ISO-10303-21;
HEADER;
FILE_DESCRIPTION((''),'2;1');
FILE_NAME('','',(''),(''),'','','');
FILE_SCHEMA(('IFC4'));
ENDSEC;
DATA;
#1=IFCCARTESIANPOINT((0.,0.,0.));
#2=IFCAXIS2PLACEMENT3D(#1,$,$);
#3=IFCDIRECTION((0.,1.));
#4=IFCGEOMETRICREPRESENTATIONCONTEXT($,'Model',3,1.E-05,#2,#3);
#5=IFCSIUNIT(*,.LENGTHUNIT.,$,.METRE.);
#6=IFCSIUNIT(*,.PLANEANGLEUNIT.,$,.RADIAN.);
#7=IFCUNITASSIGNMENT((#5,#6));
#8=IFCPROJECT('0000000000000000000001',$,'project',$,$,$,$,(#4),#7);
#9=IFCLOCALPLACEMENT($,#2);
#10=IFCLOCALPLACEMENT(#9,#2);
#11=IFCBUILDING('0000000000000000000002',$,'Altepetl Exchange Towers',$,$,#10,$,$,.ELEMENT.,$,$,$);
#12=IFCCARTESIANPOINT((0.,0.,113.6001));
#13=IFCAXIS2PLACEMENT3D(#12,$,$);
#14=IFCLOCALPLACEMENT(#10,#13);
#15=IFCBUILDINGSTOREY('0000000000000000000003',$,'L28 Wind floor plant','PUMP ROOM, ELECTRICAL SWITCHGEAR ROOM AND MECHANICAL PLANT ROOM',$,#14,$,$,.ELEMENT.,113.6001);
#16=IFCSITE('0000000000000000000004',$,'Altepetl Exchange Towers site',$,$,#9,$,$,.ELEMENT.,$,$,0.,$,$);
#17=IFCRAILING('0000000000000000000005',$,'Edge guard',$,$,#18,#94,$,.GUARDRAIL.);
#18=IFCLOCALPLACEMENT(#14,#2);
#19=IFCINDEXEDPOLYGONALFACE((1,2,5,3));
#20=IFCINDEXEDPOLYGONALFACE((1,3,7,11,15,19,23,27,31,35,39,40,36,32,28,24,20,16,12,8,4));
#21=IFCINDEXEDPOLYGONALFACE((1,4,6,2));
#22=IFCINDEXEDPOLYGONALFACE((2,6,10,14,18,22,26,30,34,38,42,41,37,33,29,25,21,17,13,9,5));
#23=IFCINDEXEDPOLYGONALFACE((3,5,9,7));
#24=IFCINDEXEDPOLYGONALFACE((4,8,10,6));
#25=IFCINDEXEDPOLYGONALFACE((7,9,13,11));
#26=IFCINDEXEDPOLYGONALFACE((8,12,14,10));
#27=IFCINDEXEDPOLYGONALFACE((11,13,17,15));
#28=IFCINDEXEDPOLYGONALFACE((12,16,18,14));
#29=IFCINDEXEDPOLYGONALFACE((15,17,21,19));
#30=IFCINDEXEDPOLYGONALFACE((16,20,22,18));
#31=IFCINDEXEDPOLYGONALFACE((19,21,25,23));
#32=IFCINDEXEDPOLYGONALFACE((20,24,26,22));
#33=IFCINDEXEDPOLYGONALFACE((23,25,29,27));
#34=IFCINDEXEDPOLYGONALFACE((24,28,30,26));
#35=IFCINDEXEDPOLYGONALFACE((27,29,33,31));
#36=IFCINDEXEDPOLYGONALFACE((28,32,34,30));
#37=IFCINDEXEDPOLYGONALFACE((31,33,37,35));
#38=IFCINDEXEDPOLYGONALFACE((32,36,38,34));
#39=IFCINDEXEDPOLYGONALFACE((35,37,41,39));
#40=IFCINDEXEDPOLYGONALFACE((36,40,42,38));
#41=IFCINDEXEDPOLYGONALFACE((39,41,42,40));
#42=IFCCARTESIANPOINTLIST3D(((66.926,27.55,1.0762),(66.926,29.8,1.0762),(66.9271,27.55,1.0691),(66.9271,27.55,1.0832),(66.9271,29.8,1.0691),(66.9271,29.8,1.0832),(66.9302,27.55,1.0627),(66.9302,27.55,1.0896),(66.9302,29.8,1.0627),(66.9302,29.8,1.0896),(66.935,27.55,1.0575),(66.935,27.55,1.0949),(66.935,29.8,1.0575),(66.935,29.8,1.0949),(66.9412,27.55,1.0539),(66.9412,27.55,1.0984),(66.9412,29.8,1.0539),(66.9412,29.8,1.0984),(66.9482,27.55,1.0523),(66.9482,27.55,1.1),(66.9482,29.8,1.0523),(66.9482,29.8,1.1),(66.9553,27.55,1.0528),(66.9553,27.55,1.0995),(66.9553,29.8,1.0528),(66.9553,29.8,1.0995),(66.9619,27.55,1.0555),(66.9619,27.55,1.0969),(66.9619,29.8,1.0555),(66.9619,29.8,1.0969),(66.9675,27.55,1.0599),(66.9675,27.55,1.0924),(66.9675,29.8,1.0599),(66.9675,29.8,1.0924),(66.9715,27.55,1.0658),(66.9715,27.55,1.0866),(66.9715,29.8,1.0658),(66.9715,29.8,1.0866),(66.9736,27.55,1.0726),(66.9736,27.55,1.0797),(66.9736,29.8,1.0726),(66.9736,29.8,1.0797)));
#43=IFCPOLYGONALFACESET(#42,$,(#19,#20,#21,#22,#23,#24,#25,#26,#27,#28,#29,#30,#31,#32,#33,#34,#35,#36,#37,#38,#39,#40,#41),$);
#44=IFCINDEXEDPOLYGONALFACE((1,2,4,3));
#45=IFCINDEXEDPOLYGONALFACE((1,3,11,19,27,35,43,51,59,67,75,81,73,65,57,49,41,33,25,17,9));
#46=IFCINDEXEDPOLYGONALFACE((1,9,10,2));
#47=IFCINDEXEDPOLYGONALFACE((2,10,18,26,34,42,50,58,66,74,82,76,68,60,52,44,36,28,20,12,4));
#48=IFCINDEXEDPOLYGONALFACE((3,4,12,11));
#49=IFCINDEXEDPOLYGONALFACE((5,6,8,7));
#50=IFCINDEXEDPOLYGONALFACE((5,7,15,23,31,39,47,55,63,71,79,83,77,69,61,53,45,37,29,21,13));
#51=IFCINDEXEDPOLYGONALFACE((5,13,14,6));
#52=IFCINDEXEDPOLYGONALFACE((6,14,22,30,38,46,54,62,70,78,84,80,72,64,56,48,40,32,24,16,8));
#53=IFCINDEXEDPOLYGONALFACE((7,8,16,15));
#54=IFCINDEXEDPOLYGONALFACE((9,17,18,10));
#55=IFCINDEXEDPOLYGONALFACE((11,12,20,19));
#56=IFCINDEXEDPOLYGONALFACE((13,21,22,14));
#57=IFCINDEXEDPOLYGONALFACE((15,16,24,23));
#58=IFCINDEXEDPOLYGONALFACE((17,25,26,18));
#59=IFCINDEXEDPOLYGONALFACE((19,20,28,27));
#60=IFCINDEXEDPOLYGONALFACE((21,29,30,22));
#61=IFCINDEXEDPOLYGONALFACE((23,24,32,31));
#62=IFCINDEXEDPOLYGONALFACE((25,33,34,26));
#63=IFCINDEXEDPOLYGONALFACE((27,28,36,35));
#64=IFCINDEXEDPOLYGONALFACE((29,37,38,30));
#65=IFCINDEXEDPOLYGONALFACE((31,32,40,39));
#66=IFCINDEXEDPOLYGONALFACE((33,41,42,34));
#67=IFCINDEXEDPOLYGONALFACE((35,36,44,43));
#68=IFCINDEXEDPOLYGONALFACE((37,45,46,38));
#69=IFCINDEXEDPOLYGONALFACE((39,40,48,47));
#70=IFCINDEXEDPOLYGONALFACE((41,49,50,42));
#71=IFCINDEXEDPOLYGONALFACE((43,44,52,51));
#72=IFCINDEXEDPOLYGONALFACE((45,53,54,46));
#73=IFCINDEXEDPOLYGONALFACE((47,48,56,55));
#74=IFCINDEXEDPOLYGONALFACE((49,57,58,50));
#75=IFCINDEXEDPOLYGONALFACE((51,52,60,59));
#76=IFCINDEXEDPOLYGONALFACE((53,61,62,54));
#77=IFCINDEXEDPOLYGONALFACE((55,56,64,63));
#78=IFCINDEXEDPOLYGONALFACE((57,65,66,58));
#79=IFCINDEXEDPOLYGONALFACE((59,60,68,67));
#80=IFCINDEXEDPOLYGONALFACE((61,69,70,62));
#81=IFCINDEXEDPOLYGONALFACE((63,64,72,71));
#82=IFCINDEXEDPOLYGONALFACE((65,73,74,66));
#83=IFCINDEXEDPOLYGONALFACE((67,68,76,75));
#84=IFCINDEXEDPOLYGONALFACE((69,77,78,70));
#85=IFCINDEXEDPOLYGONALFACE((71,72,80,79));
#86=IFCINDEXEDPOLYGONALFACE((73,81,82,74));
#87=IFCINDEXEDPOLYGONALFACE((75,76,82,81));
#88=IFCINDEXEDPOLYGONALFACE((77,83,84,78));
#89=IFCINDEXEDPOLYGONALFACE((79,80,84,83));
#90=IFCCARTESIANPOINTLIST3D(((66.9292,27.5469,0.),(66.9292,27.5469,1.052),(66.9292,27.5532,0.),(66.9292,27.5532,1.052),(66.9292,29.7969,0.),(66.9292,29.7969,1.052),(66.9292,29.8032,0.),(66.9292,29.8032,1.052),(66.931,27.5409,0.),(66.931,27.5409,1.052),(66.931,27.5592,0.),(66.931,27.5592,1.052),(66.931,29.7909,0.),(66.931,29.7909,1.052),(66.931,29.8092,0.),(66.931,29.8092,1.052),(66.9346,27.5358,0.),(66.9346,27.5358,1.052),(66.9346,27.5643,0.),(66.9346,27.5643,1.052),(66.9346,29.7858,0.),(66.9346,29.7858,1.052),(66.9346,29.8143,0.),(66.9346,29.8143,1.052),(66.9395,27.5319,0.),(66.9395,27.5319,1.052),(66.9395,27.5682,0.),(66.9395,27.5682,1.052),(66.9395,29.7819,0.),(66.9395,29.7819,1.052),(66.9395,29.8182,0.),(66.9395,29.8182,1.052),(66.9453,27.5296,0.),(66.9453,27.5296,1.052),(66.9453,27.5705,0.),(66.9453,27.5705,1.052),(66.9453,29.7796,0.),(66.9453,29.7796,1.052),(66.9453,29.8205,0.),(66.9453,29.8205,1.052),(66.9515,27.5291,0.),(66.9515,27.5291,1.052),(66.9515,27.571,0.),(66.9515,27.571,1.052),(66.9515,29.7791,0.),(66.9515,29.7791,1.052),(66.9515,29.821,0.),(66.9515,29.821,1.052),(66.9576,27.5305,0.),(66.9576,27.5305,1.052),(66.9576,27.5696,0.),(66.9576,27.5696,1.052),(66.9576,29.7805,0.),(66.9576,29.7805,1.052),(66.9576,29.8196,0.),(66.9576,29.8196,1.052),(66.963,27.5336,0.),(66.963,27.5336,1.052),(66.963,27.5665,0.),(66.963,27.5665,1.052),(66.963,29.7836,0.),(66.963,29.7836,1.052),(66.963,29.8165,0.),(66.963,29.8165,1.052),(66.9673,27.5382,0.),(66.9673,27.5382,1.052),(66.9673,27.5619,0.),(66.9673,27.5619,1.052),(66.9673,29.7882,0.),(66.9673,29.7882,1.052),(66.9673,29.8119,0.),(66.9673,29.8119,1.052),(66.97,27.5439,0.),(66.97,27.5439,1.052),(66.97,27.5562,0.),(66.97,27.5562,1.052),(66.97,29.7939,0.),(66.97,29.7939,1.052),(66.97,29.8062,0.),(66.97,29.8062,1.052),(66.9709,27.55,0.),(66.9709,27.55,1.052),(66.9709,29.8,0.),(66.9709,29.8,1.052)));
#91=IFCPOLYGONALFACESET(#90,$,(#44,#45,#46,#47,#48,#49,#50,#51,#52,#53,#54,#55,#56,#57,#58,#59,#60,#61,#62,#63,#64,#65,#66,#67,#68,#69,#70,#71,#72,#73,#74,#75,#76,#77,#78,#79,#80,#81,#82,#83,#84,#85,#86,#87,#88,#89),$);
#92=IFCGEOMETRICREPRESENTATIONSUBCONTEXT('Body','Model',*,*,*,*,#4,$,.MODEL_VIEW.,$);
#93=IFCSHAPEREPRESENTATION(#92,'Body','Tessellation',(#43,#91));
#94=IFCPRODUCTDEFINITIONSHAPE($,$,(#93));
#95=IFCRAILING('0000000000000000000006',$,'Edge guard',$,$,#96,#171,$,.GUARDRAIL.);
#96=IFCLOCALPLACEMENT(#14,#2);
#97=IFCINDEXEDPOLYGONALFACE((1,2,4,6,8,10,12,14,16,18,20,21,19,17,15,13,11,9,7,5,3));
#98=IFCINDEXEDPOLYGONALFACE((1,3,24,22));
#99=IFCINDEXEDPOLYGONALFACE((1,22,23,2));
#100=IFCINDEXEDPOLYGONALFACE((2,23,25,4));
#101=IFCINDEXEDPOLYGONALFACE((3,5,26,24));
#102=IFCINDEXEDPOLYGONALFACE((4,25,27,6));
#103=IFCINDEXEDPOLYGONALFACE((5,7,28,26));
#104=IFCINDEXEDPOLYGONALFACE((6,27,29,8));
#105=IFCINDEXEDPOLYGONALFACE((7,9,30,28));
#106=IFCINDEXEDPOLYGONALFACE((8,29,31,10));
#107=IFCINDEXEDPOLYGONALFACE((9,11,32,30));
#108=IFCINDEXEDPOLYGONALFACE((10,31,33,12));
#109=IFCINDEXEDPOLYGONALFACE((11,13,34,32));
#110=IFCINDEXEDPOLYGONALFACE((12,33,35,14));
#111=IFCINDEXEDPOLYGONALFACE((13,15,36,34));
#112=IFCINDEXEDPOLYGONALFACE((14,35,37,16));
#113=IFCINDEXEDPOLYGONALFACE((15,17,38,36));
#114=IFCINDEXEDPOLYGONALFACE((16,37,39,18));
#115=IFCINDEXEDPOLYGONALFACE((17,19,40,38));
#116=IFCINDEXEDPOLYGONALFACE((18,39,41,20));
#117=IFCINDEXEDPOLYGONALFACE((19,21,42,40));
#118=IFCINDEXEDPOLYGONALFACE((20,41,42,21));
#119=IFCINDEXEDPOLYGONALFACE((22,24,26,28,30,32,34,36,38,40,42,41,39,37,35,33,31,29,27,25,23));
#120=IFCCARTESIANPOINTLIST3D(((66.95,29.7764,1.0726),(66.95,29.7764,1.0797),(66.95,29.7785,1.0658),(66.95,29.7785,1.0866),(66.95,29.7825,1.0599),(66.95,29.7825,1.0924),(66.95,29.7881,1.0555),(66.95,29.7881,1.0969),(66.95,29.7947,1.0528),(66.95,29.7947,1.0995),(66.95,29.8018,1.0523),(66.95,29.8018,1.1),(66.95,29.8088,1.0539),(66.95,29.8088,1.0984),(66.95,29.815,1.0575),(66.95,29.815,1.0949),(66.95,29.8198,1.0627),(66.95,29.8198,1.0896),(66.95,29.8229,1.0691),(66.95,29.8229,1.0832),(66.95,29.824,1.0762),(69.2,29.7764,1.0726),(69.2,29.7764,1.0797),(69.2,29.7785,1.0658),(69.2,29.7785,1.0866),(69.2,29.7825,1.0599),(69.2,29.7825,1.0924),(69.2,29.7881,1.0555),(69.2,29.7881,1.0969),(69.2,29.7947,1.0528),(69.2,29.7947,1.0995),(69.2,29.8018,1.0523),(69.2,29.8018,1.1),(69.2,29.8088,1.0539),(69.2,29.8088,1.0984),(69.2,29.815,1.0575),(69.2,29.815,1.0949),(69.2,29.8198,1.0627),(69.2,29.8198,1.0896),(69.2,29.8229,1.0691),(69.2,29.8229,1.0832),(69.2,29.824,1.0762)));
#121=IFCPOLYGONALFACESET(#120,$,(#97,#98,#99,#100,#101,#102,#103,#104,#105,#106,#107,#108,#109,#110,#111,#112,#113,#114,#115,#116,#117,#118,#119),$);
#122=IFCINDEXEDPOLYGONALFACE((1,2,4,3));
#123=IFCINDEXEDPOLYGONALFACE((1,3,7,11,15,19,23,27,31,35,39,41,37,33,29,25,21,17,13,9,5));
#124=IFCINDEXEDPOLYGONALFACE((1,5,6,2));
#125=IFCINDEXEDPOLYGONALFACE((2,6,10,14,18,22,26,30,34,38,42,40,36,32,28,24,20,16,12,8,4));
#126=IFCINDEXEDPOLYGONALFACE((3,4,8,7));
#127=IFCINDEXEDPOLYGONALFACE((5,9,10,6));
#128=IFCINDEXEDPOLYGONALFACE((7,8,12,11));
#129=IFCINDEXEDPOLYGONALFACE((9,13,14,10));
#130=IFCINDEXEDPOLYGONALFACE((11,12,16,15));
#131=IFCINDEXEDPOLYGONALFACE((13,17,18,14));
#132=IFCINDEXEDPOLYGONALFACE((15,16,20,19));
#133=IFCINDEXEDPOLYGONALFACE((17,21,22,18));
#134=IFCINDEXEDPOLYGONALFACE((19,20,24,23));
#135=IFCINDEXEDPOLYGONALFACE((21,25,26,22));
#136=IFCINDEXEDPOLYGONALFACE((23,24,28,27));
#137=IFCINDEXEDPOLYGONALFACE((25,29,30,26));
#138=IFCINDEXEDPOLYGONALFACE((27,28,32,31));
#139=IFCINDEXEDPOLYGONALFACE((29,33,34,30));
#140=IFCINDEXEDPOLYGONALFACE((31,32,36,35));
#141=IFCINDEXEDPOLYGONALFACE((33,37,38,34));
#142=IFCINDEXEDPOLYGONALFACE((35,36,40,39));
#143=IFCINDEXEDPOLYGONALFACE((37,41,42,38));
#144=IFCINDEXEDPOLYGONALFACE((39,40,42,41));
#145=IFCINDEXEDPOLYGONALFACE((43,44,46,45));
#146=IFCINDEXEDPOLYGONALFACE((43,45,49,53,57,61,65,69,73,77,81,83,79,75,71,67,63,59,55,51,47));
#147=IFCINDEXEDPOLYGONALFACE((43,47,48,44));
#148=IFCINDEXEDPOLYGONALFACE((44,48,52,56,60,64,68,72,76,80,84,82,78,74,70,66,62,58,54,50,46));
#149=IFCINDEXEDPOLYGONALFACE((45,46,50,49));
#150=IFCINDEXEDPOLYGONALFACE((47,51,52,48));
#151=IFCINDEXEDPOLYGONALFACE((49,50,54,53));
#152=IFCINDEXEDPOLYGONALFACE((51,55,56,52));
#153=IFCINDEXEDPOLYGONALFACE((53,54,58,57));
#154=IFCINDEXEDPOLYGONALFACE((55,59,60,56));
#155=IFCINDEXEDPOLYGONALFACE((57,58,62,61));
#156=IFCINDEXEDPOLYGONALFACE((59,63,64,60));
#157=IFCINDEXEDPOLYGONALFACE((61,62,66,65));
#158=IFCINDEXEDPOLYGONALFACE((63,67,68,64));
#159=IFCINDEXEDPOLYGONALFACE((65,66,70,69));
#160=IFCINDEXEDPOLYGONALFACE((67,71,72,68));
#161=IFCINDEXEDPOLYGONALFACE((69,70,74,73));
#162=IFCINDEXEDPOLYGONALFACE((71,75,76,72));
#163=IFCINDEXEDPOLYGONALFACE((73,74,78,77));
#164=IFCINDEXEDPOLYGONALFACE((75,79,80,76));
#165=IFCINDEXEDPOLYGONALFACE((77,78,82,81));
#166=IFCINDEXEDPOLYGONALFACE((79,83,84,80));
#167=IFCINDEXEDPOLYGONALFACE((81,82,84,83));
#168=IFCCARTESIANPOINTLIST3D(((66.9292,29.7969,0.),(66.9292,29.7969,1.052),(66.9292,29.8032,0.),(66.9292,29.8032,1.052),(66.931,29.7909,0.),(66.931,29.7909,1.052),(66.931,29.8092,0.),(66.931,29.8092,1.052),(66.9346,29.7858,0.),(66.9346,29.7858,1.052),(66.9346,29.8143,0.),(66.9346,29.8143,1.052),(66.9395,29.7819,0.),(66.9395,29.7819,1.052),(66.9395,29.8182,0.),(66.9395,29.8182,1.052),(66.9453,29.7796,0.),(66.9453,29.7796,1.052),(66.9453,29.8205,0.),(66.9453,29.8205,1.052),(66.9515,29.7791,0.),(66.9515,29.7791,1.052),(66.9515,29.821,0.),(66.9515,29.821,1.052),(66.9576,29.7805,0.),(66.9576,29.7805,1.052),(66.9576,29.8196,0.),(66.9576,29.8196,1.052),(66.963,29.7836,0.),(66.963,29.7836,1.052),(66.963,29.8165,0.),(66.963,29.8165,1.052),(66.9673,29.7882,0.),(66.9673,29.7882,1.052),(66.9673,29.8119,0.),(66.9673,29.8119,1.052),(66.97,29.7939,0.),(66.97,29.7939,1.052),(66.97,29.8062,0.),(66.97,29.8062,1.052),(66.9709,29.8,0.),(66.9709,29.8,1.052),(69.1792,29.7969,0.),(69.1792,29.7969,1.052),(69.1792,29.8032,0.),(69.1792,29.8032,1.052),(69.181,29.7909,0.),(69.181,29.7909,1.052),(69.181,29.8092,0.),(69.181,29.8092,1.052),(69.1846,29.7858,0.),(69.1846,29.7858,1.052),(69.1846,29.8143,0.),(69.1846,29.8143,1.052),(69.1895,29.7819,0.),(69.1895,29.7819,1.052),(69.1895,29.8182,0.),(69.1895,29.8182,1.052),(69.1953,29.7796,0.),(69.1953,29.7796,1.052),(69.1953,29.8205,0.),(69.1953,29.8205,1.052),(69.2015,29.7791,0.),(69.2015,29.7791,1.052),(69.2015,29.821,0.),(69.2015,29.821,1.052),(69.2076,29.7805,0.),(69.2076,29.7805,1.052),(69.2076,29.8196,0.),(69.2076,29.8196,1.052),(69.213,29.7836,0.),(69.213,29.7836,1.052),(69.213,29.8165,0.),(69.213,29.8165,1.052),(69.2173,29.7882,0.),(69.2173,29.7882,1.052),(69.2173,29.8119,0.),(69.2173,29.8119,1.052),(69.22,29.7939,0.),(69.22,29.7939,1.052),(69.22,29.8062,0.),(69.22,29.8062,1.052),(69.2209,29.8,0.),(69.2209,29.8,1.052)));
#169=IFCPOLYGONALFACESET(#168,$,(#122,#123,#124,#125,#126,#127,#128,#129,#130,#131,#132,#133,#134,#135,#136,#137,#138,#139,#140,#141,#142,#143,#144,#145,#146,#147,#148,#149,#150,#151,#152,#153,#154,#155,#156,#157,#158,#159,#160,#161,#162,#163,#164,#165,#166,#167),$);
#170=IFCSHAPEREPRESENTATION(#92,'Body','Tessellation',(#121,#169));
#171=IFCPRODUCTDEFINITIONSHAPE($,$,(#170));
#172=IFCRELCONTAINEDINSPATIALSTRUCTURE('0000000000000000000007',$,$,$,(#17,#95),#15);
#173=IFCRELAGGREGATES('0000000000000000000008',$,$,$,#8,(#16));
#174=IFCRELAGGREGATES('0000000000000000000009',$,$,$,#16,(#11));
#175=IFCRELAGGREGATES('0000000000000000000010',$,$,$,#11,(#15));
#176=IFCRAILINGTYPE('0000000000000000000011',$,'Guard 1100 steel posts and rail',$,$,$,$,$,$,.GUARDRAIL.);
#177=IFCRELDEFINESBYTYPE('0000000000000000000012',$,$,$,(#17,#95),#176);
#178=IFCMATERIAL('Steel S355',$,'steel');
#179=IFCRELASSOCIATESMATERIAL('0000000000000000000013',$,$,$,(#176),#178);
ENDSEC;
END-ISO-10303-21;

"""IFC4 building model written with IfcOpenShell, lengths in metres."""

from ifc_helpers import new_model, si_unit, direction, frame, origin, origin_2d, place, context, subcontext, project, spatial, circle, extrude, source, transform, mapped, material, type_object, element, save


model = new_model("IFC4")

# Units and contexts
model_context = context("Model", 3, precision=1e-05, world=origin(), true_north=direction((0.0, 1.0)))
body_context = subcontext(model_context, "Body", "Model", "MODEL_VIEW")
ifc_project = project(units=[si_unit("LENGTHUNIT", "METRE"), si_unit("PLANEANGLEUNIT", "RADIAN")], contexts=[model_context])

# Site, building, storey
site_placement = place(None, origin())
site = spatial("IfcSite", under=ifc_project, at=site_placement, Name="Altepetl Exchange Towers site", CompositionType="ELEMENT", RefElevation=0.0)
building_placement = place(site_placement, origin())
building = spatial("IfcBuilding", under=site, at=building_placement, Name="Altepetl Exchange Towers", CompositionType="ELEMENT")
storey_placement = place(building_placement, frame((0.0, 0.0, 113.6001)))
storey = spatial("IfcBuildingStorey", under=building, at=storey_placement, Name="L28 Wind floor plant", Description="PUMP ROOM, ELECTRICAL SWITCHGEAR ROOM AND MECHANICAL PLANT ROOM", CompositionType="ELEMENT", Elevation=113.6001)

# Shared definitions
ifc_material_1 = material(Name="Steel S355", Category="steel")

# Railings
railing_type = type_object("IfcRailingType", Name="Guard 1100 steel posts and rail", PredefinedType="GUARDRAIL", material=ifc_material_1)
shared_shape = source(origin(), body_context, "Body", "SweptSolid", [
    extrude(circle(Radius=0.021, at=origin_2d()), origin(), (0.0, 0.0, 1.0), 1.052),
])
railing_1_placement = place(storey_placement, frame((66.95, 27.55, 0.0)))
element("IfcRailing", 1, at=railing_1_placement, inside=storey, type_object=railing_type, Name="Edge guard", PredefinedType="GUARDRAIL", context=body_context, shape_type="SweptSolid", body=[
    extrude(circle(Radius=0.0239, at=origin_2d()), frame((0.0, 0.0, 1.0762), z_axis=(0.0, 1.0, 0.0), x_axis=(-1.0, 0.0, 0.0)), (0.0, 0.0, 1.0), 2.25),
    mapped(shared_shape, transform((0.0, 0.0, 0.0))),
    mapped(shared_shape, transform((0.0, 2.25, 0.0))),
])
railing_2_placement = place(storey_placement, frame((66.95, 29.8, 0.0)))
element("IfcRailing", 2, at=railing_2_placement, inside=storey, type_object=railing_type, Name="Edge guard", PredefinedType="GUARDRAIL", context=body_context, shape_type="SweptSolid", body=[
    extrude(circle(Radius=0.0239, at=origin_2d()), frame((0.0, 0.0, 1.0762), z_axis=(1.0, 0.0, 0.0), x_axis=(0.0, 1.0, 0.0)), (0.0, 0.0, 1.0), 2.25),
    mapped(shared_shape, transform((0.0, 0.0, 0.0))),
    mapped(shared_shape, transform((2.25, 0.0, 0.0))),
])

save(model, "model.ifc")
